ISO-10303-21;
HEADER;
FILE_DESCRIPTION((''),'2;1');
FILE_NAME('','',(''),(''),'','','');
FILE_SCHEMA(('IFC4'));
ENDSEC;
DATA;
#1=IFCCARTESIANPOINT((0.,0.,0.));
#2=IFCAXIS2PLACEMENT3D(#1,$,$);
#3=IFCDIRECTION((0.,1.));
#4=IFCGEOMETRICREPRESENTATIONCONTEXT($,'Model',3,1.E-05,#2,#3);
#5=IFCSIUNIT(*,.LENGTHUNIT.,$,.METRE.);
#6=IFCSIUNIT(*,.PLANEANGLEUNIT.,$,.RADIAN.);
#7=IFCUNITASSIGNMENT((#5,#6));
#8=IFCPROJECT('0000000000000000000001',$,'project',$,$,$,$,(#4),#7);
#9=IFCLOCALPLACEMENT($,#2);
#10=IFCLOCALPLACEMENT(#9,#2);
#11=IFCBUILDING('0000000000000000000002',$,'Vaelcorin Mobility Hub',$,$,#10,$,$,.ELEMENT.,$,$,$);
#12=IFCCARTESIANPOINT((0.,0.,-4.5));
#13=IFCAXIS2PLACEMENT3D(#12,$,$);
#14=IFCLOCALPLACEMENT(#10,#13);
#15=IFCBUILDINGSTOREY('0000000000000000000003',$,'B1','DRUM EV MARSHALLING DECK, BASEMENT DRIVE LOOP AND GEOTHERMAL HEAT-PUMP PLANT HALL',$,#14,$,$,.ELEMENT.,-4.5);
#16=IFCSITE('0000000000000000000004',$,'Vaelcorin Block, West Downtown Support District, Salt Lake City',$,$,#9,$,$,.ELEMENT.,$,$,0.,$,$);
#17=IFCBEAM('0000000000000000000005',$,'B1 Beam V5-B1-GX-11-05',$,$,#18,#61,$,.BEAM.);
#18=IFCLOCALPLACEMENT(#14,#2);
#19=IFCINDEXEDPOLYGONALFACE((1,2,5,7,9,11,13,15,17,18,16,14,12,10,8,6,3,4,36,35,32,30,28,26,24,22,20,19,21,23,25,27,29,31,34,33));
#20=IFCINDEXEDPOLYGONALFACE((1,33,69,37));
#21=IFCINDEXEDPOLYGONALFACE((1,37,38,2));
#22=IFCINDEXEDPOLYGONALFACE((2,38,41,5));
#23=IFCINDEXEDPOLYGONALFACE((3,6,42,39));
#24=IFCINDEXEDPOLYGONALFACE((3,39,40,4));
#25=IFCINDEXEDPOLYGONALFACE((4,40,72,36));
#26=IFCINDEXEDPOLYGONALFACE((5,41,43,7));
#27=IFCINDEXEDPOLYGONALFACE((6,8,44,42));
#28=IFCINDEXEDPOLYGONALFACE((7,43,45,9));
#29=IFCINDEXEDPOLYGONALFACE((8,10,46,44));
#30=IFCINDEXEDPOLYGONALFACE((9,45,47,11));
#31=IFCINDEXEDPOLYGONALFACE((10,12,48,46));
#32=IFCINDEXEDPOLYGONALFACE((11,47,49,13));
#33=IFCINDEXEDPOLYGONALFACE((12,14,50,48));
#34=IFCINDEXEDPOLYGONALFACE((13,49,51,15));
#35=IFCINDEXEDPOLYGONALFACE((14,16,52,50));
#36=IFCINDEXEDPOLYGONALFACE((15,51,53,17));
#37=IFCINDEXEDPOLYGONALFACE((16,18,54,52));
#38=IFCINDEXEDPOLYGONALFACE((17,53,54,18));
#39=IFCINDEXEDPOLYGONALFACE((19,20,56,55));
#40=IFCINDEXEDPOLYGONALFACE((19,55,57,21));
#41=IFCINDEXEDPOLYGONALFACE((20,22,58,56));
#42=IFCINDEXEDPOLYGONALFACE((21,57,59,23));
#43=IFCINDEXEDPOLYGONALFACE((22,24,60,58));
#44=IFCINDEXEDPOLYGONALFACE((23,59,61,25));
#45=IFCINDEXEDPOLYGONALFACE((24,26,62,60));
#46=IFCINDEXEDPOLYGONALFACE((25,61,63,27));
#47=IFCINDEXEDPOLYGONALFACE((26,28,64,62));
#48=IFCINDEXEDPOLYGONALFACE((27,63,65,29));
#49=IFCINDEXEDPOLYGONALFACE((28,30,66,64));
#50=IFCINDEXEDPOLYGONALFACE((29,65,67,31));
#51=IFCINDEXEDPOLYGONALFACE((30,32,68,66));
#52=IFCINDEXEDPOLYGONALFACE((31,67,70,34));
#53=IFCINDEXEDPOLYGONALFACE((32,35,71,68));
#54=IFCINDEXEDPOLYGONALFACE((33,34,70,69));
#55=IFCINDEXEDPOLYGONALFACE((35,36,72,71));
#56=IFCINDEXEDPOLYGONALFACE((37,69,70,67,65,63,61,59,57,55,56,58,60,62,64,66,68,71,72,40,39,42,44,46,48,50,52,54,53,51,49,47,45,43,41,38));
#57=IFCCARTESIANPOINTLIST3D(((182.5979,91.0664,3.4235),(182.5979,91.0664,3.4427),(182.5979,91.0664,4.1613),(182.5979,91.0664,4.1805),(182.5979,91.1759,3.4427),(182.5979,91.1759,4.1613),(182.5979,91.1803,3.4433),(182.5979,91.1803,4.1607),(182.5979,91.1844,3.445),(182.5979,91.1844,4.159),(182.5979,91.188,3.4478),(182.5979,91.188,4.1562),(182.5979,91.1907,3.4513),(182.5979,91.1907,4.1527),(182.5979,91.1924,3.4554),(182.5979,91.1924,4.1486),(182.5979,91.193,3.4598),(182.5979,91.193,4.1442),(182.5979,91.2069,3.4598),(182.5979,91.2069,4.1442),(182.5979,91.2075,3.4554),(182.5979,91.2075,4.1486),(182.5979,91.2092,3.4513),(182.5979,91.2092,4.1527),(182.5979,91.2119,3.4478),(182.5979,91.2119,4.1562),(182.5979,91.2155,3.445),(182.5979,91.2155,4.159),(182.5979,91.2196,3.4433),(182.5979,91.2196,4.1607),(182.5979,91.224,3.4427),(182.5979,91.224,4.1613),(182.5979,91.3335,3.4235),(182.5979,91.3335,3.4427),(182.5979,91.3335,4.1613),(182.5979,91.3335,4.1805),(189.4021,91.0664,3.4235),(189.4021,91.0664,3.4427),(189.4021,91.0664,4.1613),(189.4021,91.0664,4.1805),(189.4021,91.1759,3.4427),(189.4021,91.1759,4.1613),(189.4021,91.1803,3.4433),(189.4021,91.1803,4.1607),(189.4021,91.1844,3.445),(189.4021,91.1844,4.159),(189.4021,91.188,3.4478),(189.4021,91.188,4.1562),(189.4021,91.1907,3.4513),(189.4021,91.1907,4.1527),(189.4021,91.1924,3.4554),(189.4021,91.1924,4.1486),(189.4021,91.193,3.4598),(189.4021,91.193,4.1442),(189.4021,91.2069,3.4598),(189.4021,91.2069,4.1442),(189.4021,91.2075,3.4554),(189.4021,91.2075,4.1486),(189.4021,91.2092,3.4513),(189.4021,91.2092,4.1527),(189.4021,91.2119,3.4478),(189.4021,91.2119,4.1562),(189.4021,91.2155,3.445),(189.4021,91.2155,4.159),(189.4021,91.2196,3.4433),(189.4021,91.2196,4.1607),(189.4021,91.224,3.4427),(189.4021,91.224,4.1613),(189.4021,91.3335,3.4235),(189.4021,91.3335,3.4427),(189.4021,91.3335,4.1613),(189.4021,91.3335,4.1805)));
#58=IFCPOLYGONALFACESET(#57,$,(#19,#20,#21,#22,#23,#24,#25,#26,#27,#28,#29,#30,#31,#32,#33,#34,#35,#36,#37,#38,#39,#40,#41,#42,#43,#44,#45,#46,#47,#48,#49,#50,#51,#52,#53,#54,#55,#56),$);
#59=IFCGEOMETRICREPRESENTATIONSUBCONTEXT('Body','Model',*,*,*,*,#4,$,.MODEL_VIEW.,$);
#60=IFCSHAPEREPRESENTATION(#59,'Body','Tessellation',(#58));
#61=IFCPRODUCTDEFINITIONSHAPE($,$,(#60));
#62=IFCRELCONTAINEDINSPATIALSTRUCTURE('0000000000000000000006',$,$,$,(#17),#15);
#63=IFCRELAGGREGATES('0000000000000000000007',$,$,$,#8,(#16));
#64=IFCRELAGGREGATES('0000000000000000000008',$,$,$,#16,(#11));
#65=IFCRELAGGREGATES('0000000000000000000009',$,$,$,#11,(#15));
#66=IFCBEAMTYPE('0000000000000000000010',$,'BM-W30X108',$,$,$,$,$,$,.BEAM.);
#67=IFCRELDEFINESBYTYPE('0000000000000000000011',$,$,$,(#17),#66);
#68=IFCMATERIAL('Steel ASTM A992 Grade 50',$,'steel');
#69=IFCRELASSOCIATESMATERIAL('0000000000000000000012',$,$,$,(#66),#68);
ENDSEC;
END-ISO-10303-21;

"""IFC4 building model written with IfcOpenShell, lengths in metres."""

from ifc_helpers import new_model, si_unit, direction, frame, origin, origin_2d, place, context, subcontext, project, spatial, i_section, extrude, material, material_profile, profile_set, type_object, element, save


model = new_model("IFC4")

# Units and contexts
model_context = context("Model", 3, precision=1e-05, world=origin(), true_north=direction((0.0, 1.0)))
body_context = subcontext(model_context, "Body", "Model", "MODEL_VIEW")
ifc_project = project(units=[si_unit("LENGTHUNIT", "METRE"), si_unit("PLANEANGLEUNIT", "RADIAN")], contexts=[model_context])

# Site, building, storey
site_placement = place(None, origin())
site = spatial("IfcSite", under=ifc_project, at=site_placement, Name="Vaelcorin Block, West Downtown Support District, Salt Lake City", CompositionType="ELEMENT", RefElevation=0.0)
building_placement = place(site_placement, origin())
building = spatial("IfcBuilding", under=site, at=building_placement, Name="Vaelcorin Mobility Hub", CompositionType="ELEMENT")
storey_placement = place(building_placement, frame((0.0, 0.0, -4.5)))
storey = spatial("IfcBuildingStorey", under=building, at=storey_placement, Name="B1", Description="DRUM EV MARSHALLING DECK, BASEMENT DRIVE LOOP AND GEOTHERMAL HEAT-PUMP PLANT HALL", CompositionType="ELEMENT", Elevation=-4.5)

# Shared definitions
ifc_material_1 = material(Name="Steel ASTM A992 Grade 50", Category="steel")

# Beam
ifc_material_profile_1 = material_profile(ifc_material_1, i_section(OverallWidth=0.2671, OverallDepth=0.7571, WebThickness=0.0139, FlangeThickness=0.0193, FilletRadius=0.0171, at=origin_2d()), Name="W30X108")
ifc_profile_set_1 = profile_set([ifc_material_profile_1], Name="Steel ASTM A992 Grade 50")
beam_type_1 = type_object("IfcBeamType", Name="BM-W30X108", PredefinedType="BEAM", material=ifc_profile_set_1)
beam_1_placement = place(storey_placement, frame((182.5979, 91.2, 3.802), z_axis=(1.0, 0.0, 0.0), x_axis=(0.0, 1.0, 0.0)))
element("IfcBeam", 1, at=beam_1_placement, inside=storey, type_object=beam_type_1, Name="B1 Beam V5-B1-GX-11-05", PredefinedType="BEAM", context=body_context, shape_type="SweptSolid", body=[
    extrude(i_section(OverallWidth=0.2671, OverallDepth=0.7571, WebThickness=0.0139, FlangeThickness=0.0193, FilletRadius=0.0171, at=origin_2d()), origin(), (0.0, 0.0, 1.0), 6.8042),
])

save(model, "model.ifc")
